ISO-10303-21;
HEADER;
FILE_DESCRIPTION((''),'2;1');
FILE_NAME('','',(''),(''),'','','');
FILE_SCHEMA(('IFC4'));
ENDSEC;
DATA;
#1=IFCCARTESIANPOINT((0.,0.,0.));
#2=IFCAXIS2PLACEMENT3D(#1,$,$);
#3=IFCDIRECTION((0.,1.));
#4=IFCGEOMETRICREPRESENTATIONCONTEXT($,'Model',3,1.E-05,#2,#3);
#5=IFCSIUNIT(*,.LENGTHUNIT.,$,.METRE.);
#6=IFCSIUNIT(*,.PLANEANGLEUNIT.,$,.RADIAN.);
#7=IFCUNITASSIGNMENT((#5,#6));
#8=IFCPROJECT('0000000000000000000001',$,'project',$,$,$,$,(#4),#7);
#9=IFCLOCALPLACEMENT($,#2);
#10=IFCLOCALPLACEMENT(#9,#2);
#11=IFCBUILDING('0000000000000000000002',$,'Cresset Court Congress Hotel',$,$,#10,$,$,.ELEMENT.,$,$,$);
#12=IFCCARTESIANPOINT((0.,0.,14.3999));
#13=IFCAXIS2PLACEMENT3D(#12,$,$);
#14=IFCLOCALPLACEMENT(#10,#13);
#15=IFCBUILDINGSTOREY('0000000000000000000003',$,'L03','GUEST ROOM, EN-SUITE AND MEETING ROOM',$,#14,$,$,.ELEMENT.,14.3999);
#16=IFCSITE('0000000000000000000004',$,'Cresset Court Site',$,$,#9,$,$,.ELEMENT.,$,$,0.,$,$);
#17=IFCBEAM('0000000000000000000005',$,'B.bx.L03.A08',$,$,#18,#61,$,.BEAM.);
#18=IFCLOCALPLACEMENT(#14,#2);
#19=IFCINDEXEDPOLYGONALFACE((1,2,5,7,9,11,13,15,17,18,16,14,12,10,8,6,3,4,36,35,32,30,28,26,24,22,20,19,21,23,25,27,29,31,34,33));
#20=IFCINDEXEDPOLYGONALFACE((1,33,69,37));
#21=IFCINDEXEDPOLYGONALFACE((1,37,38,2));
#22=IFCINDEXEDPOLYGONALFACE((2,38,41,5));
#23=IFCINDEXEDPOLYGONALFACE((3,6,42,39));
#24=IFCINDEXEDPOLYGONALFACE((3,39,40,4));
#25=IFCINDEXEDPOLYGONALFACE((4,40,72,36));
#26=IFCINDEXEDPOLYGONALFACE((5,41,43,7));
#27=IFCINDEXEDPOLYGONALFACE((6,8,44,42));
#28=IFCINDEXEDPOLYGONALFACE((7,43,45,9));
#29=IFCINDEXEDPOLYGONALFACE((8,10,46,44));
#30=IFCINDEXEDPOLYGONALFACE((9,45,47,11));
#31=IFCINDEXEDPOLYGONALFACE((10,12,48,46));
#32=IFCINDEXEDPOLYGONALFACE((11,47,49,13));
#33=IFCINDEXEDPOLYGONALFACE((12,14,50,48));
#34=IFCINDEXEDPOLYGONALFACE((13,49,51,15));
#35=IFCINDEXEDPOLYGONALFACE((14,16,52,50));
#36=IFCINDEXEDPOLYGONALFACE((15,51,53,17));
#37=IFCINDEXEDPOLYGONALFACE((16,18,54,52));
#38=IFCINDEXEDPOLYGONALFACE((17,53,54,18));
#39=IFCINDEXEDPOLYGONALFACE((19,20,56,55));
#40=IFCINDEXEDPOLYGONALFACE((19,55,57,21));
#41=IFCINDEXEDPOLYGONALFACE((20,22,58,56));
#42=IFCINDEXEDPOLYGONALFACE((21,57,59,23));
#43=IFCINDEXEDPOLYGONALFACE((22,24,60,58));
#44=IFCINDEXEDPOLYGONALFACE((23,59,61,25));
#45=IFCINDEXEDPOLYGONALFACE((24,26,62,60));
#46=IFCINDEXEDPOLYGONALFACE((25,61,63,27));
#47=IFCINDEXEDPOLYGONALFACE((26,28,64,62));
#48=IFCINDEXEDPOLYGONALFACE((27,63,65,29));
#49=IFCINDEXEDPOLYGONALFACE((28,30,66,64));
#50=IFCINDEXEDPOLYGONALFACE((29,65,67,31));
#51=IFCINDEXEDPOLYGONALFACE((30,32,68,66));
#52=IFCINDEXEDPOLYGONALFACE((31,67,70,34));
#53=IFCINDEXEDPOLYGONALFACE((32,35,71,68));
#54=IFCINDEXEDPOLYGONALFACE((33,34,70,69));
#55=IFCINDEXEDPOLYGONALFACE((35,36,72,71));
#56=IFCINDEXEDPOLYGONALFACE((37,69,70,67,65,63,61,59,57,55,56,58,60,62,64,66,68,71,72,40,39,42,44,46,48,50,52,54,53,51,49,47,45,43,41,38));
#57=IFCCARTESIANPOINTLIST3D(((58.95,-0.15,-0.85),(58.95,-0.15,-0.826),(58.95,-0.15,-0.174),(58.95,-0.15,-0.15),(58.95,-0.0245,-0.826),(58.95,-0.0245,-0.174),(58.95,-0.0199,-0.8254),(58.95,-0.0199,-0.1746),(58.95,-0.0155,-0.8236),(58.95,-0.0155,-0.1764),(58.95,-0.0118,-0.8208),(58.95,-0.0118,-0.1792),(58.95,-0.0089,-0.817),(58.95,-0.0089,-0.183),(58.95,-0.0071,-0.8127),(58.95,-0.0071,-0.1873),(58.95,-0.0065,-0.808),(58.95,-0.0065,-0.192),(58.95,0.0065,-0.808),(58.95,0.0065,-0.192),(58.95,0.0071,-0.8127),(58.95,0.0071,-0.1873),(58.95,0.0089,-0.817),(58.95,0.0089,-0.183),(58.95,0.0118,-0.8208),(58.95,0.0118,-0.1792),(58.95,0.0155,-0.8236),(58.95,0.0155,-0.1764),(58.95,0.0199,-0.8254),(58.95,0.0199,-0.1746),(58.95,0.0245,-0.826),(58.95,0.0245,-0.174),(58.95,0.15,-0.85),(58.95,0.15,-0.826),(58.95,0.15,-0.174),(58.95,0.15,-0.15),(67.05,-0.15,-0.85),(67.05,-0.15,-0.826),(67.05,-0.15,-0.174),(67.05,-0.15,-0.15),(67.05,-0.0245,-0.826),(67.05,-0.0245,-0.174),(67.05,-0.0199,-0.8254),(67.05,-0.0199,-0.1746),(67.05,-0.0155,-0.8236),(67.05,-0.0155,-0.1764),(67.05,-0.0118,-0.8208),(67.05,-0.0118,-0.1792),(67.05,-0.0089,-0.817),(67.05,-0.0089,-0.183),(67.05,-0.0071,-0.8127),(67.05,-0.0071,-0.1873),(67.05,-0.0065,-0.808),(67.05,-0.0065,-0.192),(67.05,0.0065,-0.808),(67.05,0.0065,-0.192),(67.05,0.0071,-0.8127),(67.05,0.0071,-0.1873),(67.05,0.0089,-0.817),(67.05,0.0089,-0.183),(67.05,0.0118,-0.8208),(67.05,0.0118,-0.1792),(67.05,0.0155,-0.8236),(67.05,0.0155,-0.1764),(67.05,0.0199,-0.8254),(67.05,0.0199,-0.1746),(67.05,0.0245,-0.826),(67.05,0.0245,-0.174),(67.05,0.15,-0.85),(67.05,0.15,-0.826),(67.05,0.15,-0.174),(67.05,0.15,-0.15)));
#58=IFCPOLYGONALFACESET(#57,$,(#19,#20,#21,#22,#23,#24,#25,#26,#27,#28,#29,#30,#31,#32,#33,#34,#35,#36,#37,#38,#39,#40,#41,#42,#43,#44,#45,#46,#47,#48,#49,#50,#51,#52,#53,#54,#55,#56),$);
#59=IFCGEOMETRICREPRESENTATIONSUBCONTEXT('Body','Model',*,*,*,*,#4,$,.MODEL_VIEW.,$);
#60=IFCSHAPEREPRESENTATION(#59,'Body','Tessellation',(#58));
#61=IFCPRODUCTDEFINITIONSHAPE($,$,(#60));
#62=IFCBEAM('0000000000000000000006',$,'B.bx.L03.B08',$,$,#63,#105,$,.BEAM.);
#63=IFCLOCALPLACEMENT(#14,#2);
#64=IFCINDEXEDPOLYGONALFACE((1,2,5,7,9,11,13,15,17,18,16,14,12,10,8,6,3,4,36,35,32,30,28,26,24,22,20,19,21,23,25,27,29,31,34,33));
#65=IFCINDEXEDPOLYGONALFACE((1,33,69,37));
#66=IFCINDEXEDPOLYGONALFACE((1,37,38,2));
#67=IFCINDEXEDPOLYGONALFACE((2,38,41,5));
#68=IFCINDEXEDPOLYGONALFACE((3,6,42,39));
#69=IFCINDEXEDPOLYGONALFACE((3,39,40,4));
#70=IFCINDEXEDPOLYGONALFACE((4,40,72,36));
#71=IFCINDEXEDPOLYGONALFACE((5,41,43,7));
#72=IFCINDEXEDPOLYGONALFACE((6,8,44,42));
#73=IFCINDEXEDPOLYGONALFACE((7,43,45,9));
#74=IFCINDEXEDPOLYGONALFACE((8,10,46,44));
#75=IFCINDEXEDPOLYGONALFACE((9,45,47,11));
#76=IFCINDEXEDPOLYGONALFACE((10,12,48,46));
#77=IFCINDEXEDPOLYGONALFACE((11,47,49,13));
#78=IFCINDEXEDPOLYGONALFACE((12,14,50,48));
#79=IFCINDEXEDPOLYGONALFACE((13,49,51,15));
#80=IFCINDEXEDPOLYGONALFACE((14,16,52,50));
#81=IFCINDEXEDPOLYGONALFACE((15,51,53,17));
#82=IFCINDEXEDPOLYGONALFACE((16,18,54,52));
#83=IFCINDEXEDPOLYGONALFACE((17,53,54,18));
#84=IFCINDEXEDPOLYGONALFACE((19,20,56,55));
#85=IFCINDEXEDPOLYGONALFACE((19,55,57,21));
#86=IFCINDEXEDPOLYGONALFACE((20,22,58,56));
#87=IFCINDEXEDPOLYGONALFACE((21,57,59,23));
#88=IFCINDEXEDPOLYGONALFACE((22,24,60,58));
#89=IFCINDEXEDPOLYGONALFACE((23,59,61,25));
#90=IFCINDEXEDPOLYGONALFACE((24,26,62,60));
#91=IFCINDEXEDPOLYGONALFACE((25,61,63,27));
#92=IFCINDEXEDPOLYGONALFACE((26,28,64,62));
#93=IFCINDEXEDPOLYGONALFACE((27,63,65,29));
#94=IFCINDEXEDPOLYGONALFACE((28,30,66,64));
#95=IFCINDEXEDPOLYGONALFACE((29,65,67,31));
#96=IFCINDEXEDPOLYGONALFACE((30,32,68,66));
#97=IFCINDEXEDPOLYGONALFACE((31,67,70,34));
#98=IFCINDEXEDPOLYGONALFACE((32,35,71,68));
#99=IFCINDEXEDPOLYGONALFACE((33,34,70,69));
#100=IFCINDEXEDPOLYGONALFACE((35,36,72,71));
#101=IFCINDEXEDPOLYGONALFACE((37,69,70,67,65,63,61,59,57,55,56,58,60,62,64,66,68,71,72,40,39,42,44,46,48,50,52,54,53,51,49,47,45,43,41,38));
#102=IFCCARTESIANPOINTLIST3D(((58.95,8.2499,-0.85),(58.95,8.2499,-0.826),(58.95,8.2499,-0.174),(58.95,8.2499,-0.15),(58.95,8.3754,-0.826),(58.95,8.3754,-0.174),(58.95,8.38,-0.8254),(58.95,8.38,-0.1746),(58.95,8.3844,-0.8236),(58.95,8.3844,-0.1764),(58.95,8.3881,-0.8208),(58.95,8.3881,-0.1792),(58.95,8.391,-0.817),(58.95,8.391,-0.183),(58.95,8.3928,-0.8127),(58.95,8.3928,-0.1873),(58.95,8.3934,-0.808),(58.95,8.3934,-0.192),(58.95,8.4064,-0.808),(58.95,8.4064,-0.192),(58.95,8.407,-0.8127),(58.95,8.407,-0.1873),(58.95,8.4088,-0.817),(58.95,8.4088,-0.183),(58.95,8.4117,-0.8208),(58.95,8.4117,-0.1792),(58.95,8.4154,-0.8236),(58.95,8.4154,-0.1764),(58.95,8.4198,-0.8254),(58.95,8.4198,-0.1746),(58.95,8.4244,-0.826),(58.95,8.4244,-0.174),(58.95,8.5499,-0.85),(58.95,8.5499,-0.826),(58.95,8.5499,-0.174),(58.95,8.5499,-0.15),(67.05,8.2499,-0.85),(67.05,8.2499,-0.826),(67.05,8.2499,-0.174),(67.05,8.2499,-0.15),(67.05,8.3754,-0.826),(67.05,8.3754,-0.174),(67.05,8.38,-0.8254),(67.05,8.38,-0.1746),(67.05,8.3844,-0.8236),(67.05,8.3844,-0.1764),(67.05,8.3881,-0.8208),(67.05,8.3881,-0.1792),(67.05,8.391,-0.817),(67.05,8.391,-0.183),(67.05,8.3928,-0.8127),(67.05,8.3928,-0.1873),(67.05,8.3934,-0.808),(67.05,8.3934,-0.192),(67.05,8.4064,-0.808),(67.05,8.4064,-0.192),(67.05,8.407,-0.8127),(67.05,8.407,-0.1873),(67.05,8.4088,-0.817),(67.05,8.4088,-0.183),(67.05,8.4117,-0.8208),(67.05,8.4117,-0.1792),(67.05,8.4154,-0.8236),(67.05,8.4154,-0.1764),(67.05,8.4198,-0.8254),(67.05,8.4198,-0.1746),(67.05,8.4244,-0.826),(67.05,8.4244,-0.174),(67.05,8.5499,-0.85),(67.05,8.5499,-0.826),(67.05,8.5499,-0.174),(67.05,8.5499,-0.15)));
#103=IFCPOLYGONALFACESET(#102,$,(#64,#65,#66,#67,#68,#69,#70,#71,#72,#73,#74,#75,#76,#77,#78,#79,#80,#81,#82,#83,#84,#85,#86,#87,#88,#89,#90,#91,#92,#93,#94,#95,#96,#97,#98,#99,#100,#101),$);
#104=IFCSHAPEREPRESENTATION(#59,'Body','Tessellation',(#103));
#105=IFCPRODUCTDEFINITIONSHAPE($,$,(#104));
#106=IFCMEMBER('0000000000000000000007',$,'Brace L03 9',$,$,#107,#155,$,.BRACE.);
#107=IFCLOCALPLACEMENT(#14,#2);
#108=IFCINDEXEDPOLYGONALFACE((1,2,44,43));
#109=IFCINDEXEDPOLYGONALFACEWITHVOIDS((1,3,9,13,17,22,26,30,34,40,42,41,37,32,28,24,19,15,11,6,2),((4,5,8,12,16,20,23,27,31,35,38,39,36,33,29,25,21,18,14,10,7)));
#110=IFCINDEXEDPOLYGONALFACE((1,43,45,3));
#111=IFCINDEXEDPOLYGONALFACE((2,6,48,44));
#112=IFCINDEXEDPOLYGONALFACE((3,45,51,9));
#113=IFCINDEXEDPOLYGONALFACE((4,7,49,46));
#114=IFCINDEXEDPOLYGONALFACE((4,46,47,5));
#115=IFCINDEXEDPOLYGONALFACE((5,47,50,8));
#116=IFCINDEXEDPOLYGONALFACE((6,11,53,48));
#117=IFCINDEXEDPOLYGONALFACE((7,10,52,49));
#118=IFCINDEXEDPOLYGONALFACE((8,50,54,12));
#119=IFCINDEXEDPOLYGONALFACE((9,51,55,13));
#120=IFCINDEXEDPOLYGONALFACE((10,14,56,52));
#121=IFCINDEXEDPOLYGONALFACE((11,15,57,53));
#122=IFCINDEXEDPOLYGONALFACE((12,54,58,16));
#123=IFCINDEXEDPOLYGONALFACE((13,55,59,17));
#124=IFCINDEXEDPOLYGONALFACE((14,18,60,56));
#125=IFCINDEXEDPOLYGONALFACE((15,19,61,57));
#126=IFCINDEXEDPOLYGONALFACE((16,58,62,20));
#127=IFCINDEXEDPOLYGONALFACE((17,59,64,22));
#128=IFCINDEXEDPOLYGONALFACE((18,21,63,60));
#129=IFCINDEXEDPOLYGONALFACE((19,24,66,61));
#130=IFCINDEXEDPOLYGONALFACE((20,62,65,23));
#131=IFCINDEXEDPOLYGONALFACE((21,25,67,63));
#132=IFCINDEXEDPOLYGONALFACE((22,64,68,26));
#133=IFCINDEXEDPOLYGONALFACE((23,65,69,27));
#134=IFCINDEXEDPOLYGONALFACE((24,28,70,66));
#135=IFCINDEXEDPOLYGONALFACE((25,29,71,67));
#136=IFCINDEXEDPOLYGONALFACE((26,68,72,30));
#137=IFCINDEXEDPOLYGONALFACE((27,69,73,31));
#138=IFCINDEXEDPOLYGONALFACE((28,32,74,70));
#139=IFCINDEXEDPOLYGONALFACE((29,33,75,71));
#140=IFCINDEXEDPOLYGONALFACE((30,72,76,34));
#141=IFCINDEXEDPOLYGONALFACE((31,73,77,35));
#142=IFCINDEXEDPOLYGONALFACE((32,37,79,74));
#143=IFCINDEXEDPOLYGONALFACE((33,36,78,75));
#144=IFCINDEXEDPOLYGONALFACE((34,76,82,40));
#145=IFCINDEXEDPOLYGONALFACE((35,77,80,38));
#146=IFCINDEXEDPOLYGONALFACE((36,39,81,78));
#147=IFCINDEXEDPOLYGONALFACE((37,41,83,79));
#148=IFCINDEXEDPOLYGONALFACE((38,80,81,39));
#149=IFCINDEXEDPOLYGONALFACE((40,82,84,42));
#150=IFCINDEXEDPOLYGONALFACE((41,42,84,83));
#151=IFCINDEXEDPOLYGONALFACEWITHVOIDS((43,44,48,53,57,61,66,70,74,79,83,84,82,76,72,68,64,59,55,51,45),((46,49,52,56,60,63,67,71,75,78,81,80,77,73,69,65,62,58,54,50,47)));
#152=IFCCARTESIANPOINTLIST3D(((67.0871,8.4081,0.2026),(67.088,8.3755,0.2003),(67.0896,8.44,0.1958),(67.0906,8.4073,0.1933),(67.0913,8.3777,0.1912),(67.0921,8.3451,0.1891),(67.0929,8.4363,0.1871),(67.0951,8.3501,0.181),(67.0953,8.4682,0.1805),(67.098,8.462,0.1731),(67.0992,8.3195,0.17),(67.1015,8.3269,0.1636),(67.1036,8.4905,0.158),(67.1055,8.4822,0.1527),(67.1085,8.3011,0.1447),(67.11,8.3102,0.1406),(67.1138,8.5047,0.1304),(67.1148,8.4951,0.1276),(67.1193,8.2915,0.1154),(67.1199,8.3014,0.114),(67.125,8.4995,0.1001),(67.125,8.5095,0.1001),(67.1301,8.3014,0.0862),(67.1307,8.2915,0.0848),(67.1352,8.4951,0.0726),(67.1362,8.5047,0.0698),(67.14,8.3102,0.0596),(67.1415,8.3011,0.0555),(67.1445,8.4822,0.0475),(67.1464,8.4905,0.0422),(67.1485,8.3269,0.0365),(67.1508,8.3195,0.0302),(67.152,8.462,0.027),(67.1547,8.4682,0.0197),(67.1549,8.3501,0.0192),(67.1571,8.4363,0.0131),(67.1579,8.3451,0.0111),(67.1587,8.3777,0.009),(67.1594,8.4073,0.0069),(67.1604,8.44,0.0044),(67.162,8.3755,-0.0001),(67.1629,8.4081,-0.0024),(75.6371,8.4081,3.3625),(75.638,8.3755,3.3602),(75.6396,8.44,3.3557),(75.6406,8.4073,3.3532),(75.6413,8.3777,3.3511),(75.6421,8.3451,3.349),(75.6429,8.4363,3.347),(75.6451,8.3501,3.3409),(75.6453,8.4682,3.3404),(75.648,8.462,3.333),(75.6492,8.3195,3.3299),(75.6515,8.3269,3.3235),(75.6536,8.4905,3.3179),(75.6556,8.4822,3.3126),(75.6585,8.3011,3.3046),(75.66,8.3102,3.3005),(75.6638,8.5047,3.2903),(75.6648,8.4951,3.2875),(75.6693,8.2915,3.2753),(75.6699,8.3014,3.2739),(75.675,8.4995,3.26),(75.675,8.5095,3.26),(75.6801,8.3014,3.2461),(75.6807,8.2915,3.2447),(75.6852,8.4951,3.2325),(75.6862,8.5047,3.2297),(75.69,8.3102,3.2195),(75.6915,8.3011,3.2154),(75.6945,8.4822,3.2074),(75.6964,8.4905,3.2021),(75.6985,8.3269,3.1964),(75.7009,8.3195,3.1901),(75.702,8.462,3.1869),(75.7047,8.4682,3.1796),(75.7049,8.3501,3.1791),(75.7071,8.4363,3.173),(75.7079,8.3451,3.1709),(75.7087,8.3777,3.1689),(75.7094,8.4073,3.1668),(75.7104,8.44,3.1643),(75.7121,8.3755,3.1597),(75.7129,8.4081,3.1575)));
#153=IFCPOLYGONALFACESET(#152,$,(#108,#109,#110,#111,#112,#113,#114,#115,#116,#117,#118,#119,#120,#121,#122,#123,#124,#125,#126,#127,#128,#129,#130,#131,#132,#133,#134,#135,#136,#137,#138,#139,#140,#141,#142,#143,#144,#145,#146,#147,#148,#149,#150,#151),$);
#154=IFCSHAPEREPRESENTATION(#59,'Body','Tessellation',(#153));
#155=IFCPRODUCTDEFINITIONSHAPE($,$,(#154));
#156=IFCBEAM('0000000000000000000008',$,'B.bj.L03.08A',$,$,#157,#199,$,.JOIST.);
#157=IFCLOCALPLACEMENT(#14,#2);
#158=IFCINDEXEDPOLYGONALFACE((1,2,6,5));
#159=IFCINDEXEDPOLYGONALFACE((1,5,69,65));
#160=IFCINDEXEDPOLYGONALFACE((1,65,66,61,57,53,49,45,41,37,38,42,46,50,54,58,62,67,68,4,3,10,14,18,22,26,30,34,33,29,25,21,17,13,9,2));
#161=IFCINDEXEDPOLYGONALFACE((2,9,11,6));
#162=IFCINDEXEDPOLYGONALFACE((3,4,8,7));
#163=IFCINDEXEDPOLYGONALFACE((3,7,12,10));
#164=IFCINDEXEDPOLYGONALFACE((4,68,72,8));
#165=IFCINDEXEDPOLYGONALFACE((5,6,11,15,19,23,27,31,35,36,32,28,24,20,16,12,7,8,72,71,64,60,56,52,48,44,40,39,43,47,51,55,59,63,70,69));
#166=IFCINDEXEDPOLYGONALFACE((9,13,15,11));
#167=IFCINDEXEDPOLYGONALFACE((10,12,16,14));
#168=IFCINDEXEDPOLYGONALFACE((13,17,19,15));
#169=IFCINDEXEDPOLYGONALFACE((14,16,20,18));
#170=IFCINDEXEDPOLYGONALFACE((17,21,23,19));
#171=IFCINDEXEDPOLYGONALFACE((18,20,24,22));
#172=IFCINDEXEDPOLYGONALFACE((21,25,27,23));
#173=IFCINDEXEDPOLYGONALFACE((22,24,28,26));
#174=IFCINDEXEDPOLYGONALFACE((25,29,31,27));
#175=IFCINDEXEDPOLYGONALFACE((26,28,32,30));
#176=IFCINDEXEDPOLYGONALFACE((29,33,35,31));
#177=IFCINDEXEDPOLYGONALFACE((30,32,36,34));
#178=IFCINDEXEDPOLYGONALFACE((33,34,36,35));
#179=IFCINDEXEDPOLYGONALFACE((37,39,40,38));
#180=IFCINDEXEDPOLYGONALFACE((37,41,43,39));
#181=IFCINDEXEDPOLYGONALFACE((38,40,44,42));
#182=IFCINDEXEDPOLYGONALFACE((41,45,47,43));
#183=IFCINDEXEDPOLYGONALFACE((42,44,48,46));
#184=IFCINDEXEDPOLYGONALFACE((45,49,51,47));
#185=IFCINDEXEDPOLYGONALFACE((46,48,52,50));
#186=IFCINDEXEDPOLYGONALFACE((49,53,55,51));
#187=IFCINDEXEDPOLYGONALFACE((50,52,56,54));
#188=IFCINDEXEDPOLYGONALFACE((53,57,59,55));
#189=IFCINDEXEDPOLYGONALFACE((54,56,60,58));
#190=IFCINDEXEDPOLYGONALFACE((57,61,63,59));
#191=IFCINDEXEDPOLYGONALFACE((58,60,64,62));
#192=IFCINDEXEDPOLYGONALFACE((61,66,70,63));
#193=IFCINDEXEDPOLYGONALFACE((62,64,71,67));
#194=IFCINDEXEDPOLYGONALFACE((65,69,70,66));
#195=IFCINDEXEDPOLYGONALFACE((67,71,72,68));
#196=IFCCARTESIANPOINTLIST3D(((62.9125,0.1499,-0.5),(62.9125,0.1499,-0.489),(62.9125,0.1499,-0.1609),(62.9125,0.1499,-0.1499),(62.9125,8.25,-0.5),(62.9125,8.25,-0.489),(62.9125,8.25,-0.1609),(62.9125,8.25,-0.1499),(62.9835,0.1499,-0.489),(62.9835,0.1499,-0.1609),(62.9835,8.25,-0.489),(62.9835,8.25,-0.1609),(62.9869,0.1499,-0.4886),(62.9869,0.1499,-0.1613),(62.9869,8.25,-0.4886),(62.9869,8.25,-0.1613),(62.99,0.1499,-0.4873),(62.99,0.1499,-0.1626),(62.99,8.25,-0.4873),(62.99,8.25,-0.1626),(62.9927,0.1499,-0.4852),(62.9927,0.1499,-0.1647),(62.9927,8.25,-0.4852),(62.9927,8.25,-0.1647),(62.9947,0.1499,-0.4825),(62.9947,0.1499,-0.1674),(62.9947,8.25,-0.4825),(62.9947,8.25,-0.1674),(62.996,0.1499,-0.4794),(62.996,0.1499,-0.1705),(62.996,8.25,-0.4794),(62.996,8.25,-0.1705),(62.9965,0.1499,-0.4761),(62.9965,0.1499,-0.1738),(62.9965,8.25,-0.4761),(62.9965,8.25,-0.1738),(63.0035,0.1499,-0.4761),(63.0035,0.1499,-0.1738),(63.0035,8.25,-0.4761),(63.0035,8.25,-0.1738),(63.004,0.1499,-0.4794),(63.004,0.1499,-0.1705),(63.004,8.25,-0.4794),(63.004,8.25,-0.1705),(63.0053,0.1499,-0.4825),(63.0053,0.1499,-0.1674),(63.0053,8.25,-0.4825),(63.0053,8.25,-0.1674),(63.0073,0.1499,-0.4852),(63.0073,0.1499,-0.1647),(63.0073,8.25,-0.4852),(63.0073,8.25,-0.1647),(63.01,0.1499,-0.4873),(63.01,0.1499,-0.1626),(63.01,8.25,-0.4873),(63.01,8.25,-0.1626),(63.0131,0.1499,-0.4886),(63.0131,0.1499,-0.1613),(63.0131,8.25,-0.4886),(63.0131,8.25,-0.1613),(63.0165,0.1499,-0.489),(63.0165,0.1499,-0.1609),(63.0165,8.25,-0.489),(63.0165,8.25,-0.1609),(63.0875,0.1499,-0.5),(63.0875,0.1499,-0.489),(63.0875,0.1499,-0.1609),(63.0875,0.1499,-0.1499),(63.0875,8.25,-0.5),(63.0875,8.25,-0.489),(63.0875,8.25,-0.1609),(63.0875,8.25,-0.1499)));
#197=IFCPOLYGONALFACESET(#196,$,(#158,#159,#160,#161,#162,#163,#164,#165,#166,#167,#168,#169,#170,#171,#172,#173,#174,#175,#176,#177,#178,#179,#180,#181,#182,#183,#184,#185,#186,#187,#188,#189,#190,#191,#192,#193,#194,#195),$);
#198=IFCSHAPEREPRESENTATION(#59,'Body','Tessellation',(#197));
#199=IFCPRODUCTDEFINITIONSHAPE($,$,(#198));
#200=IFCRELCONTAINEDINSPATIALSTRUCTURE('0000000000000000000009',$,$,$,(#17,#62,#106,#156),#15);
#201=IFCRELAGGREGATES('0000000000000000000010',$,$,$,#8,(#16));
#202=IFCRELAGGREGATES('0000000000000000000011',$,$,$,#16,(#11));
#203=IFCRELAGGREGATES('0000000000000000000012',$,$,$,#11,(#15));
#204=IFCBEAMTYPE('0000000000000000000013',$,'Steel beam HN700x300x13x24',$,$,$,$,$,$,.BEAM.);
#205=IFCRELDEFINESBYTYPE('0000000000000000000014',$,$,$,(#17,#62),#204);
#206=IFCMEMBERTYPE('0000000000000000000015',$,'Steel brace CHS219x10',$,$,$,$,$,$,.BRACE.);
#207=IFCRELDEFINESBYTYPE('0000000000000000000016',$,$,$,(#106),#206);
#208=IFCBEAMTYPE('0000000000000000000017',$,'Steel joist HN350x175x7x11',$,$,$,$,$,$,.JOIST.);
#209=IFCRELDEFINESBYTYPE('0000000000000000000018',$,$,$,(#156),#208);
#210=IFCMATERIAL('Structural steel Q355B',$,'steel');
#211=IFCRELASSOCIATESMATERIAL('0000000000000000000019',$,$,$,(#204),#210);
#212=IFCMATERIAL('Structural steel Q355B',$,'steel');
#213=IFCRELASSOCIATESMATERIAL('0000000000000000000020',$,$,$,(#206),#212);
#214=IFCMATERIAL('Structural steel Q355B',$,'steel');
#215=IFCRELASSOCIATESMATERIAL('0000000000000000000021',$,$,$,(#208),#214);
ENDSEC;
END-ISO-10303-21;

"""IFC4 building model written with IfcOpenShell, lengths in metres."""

from ifc_helpers import new_model, si_unit, direction, frame, origin, origin_2d, place, context, subcontext, project, spatial, hollow_circle, i_section, extrude, material, material_profile, profile_set, type_object, element, save


model = new_model("IFC4")

# Units and contexts
model_context = context("Model", 3, precision=1e-05, world=origin(), true_north=direction((0.0, 1.0)))
body_context = subcontext(model_context, "Body", "Model", "MODEL_VIEW")
ifc_project = project(units=[si_unit("LENGTHUNIT", "METRE"), si_unit("PLANEANGLEUNIT", "RADIAN")], contexts=[model_context])

# Site, building, storey
site_placement = place(None, origin())
site = spatial("IfcSite", under=ifc_project, at=site_placement, Name="Cresset Court Site", CompositionType="ELEMENT", RefElevation=0.0)
building_placement = place(site_placement, origin())
building = spatial("IfcBuilding", under=site, at=building_placement, Name="Cresset Court Congress Hotel", CompositionType="ELEMENT")
storey_placement = place(building_placement, frame((0.0, 0.0, 14.3999)))
storey = spatial("IfcBuildingStorey", under=building, at=storey_placement, Name="L03", Description="GUEST ROOM, EN-SUITE AND MEETING ROOM", CompositionType="ELEMENT", Elevation=14.3999)

# Beams
ifc_material_1 = material(Name="Structural steel Q355B", Category="steel")
ifc_material_profile_1 = material_profile(ifc_material_1, i_section(OverallWidth=0.3, OverallDepth=0.7, WebThickness=0.0129, FlangeThickness=0.0239, FilletRadius=0.0181, at=origin_2d()), Name="HN700x300x13x24")
ifc_profile_set_1 = profile_set([ifc_material_profile_1], Name="Structural steel Q355B")
beam_type_1 = type_object("IfcBeamType", Name="Steel beam HN700x300x13x24", PredefinedType="BEAM", material=ifc_profile_set_1)
for number, where, z_axis, x_axis, name in (
    (1, (58.95, 0.0, -0.5), (1.0, 0.0, 0.0), (0.0, 1.0, 0.0), "B.bx.L03.A08"),
    (2, (58.95, 8.3999, -0.5), (1.0, 0.0, 0.0), (0.0, 1.0, 0.0), "B.bx.L03.B08"),
):
    element("IfcBeam", number, at=place(storey_placement, frame(where, z_axis=z_axis, x_axis=x_axis)), inside=storey, type_object=beam_type_1, Name=name, PredefinedType="BEAM", context=body_context, shape_type="SweptSolid", body=[
        extrude(i_section(OverallWidth=0.3, OverallDepth=0.7, WebThickness=0.0129, FlangeThickness=0.0239, FilletRadius=0.0181, at=origin_2d()), origin(), (0.0, 0.0, 1.0), 8.1001),
    ])

# Member
ifc_material_2 = material(Name="Structural steel Q355B", Category="steel")
ifc_material_profile_2 = material_profile(ifc_material_2, hollow_circle(Radius=0.1096, WallThickness=0.01, at=origin_2d()), Name="CHS219x10")
ifc_profile_set_2 = profile_set([ifc_material_profile_2], Name="Structural steel Q355B")
member_type_1 = type_object("IfcMemberType", Name="Steel brace CHS219x10", PredefinedType="BRACE", material=ifc_profile_set_2)
member_1_placement = place(storey_placement, frame((67.125, 8.3999, 0.1001), z_axis=(0.937991, 0.0, 0.346661), x_axis=(0.0, 1.0, 0.0)))
element("IfcMember", 3, at=member_1_placement, inside=storey, type_object=member_type_1, Name="Brace L03 9", PredefinedType="BRACE", context=body_context, shape_type="SweptSolid", body=[
    extrude(hollow_circle(Radius=0.1096, WallThickness=0.01, at=origin_2d()), origin(), (0.0, 0.0, 1.0), 9.1152),
])

# Beam
ifc_material_3 = material(Name="Structural steel Q355B", Category="steel")
ifc_material_profile_3 = material_profile(ifc_material_3, i_section(OverallWidth=0.175, OverallDepth=0.3501, WebThickness=0.0071, FlangeThickness=0.011, FilletRadius=0.0129, at=origin_2d()), Name="HN350x175x7x11")
ifc_profile_set_3 = profile_set([ifc_material_profile_3], Name="Structural steel Q355B")
beam_type_2 = type_object("IfcBeamType", Name="Steel joist HN350x175x7x11", PredefinedType="JOIST", material=ifc_profile_set_3)
beam_1_placement = place(storey_placement, frame((63.0, 0.1499, -0.325), z_axis=(0.0, 1.0, 0.0), x_axis=(-1.0, 0.0, 0.0)))
element("IfcBeam", 4, at=beam_1_placement, inside=storey, type_object=beam_type_2, Name="B.bj.L03.08A", PredefinedType="JOIST", context=body_context, shape_type="SweptSolid", body=[
    extrude(i_section(OverallWidth=0.175, OverallDepth=0.3501, WebThickness=0.0071, FlangeThickness=0.011, FilletRadius=0.0129, at=origin_2d()), origin(), (0.0, 0.0, 1.0), 8.1001),
])

save(model, "model.ifc")
